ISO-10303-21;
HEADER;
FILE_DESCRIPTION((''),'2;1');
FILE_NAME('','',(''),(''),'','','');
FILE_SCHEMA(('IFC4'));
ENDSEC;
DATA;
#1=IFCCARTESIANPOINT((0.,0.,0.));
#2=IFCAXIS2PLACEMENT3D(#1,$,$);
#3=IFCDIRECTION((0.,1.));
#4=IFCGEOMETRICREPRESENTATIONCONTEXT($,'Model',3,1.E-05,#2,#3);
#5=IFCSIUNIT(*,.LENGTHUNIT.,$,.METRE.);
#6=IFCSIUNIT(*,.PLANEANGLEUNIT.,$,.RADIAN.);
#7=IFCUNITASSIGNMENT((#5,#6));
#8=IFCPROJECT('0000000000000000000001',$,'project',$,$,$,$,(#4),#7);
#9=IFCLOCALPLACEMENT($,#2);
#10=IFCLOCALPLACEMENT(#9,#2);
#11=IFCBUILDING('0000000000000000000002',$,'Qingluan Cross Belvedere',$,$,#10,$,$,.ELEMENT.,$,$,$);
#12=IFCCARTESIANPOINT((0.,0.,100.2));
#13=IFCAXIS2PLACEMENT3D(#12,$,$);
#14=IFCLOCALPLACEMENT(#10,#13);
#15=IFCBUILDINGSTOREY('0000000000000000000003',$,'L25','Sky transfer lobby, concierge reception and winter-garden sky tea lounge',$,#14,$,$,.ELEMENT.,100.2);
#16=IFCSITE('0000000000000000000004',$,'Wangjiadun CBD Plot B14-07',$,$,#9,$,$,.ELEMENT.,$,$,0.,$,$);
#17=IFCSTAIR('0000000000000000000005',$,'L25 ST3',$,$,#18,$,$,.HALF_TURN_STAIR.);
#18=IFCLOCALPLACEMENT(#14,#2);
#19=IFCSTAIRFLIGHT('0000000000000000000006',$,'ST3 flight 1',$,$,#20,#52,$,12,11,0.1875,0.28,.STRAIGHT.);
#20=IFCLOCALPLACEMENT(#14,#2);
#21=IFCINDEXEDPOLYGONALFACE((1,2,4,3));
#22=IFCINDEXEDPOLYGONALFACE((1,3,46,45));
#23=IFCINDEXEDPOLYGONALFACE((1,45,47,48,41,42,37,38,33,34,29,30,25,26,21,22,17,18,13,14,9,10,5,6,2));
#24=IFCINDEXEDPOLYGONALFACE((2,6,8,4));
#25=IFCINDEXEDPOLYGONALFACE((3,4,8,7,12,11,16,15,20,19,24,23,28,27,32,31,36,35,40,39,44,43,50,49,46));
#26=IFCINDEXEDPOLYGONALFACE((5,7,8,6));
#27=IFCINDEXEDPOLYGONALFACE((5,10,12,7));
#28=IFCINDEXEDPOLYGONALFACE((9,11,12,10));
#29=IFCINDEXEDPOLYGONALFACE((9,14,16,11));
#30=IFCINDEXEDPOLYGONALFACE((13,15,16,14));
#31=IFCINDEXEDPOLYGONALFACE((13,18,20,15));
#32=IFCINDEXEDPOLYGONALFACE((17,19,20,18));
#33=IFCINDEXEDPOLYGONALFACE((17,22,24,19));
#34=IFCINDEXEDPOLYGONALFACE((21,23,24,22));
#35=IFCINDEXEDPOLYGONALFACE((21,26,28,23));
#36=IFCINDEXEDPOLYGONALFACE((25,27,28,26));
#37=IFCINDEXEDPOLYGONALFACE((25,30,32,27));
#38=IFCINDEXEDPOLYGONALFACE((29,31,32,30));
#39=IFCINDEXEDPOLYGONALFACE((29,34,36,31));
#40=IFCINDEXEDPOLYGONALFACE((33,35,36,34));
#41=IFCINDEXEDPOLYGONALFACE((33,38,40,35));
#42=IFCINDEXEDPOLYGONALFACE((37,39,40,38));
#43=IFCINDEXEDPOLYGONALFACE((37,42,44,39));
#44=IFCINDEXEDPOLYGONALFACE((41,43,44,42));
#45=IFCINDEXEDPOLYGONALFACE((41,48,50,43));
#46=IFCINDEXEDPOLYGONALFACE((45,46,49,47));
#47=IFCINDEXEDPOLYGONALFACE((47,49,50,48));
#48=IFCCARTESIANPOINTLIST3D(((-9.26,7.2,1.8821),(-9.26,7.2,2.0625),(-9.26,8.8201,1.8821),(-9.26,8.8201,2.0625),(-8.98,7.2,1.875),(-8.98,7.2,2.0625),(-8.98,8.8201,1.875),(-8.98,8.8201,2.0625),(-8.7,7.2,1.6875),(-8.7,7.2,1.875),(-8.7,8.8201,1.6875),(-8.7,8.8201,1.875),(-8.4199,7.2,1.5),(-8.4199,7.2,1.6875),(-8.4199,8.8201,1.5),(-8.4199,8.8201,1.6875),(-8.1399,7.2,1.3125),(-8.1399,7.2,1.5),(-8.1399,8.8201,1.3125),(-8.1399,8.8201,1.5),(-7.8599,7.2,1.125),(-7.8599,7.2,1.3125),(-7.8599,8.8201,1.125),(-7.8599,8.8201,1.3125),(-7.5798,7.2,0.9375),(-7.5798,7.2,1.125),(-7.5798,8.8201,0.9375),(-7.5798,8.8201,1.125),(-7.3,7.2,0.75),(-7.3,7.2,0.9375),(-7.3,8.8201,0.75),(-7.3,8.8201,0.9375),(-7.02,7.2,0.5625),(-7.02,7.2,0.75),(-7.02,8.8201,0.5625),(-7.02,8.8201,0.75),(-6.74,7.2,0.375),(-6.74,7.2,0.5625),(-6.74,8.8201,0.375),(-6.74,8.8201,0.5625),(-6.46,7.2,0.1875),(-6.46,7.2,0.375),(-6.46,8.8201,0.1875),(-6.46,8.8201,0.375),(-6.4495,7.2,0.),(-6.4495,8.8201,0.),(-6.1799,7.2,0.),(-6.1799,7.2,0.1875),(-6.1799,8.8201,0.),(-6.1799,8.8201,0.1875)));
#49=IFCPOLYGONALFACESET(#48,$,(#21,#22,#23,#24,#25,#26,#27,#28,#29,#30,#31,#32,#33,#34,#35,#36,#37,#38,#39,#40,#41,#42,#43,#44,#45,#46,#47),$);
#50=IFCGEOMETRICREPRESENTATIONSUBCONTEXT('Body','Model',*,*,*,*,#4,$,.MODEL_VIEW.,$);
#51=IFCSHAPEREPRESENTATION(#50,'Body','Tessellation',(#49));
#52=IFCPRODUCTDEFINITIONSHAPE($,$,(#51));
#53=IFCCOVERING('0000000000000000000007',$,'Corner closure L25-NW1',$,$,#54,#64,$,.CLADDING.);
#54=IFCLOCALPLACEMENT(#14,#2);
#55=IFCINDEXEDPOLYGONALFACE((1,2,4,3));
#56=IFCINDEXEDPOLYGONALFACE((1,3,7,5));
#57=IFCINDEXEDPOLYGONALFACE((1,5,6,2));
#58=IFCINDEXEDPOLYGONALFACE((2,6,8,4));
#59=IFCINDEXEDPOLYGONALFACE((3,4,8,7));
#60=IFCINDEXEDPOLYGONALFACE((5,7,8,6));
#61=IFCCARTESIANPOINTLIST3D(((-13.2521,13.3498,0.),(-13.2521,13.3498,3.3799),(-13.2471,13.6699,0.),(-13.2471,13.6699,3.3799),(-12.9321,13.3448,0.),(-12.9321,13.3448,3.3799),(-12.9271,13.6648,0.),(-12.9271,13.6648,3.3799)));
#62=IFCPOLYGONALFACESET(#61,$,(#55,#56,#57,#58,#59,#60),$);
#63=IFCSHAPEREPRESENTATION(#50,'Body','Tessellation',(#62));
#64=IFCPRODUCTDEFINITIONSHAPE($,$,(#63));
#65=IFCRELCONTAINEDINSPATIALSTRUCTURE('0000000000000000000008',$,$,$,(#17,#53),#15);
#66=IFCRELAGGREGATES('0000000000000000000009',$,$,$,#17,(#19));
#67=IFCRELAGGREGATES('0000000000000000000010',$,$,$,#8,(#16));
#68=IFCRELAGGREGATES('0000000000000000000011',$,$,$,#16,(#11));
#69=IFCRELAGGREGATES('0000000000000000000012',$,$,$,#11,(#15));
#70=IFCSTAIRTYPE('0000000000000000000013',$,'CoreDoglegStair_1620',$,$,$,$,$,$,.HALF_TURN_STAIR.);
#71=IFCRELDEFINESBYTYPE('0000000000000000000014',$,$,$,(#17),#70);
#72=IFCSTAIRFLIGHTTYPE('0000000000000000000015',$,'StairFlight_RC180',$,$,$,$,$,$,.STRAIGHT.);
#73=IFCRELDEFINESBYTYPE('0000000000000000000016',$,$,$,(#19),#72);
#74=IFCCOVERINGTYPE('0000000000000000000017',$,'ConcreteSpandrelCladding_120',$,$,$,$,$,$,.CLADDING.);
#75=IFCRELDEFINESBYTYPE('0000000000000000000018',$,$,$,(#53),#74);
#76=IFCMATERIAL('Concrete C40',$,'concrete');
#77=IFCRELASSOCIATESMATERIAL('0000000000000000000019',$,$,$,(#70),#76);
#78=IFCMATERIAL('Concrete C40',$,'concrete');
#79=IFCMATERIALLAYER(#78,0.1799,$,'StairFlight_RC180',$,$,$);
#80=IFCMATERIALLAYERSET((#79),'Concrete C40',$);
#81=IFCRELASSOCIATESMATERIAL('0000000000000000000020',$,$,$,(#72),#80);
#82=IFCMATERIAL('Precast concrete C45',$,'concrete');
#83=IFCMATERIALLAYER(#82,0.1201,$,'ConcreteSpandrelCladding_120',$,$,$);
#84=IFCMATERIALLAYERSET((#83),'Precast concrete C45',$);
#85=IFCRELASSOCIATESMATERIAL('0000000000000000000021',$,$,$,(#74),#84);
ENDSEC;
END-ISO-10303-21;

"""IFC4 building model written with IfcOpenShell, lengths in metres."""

from ifc_helpers import new_model, si_unit, direction, frame, origin, origin_2d, place, context, subcontext, project, spatial, polyline, rectangle, outline, extrude, material, layer, layer_set, type_object, element, aggregate, save


model = new_model("IFC4")

# Units and contexts
model_context = context("Model", 3, precision=1e-05, world=origin(), true_north=direction((0.0, 1.0)))
body_context = subcontext(model_context, "Body", "Model", "MODEL_VIEW")
ifc_project = project(units=[si_unit("LENGTHUNIT", "METRE"), si_unit("PLANEANGLEUNIT", "RADIAN")], contexts=[model_context])

# Site, building, storey
site_placement = place(None, origin())
site = spatial("IfcSite", under=ifc_project, at=site_placement, Name="Wangjiadun CBD Plot B14-07", CompositionType="ELEMENT", RefElevation=0.0)
building_placement = place(site_placement, origin())
building = spatial("IfcBuilding", under=site, at=building_placement, Name="Qingluan Cross Belvedere", CompositionType="ELEMENT")
storey_placement = place(building_placement, frame((0.0, 0.0, 100.2)))
storey = spatial("IfcBuildingStorey", under=building, at=storey_placement, Name="L25", Description="Sky transfer lobby, concierge reception and winter-garden sky tea lounge", CompositionType="ELEMENT", Elevation=100.2)

# Stair, stair flight
ifc_material_1 = material(Name="Concrete C40", Category="concrete")
stair_type = type_object("IfcStairType", Name="CoreDoglegStair_1620", PredefinedType="HALF_TURN_STAIR", material=ifc_material_1)
stair_placement = place(storey_placement, origin())
stair = element("IfcStair", 1, at=stair_placement, inside=storey, type_object=stair_type, Name="L25 ST3", PredefinedType="HALF_TURN_STAIR")
ifc_material_2 = material(Name="Concrete C40", Category="concrete")
ifc_layer_1 = layer(ifc_material_2, 0.1799, Name="StairFlight_RC180")
ifc_layer_set_1 = layer_set([ifc_layer_1], Name="Concrete C40")
stair_flight_type = type_object("IfcStairFlightType", Name="StairFlight_RC180", PredefinedType="STRAIGHT", material=ifc_layer_set_1)
stair_flight_placement = place(storey_placement, frame((-6.1799, 8.01, 0.0), z_axis=(0.0, 0.0, 1.0), x_axis=(-1.0, 0.0, 0.0)))
stair_flight = element("IfcStairFlight", 2, at=stair_flight_placement, type_object=stair_flight_type, Name="ST3 flight 1", NumberOfRisers=12, NumberOfTreads=11, PredefinedType="STRAIGHT", RiserHeight=0.1875, TreadLength=0.28, context=body_context, shape_type="SweptSolid", body=[
    extrude(outline(polyline([(0.0, 0.0), (0.0, 0.1875), (0.28, 0.1875), (0.28, 0.375), (0.5601, 0.375), (0.5601, 0.5625), (0.8401, 0.5625), (0.8401, 0.75), (1.1201, 0.75), (1.1201, 0.9375), (1.3999, 0.9375), (1.3999, 1.125), (1.6799, 1.125), (1.6799, 1.3125), (1.96, 1.3125), (1.96, 1.5), (2.24, 1.5), (2.24, 1.6875), (2.52, 1.6875), (2.52, 1.875), (2.8, 1.875), (2.8, 2.0625), (3.0801, 2.0625), (3.0801, 2.25), (3.0801, 1.8821), (0.2695, 0.0), (0.0, 0.0)])), frame((0.0, 0.8101, 0.0), z_axis=(0.0, -1.0, 0.0), x_axis=(1.0, 0.0, 0.0)), (0.0, 0.0, 1.0), 1.6201),
])
aggregate(stair, [stair_flight])

# Covering
ifc_material_3 = material(Name="Precast concrete C45", Category="concrete")
ifc_layer_2 = layer(ifc_material_3, 0.1201, Name="ConcreteSpandrelCladding_120")
ifc_layer_set_2 = layer_set([ifc_layer_2], Name="Precast concrete C45")
covering_type = type_object("IfcCoveringType", Name="ConcreteSpandrelCladding_120", PredefinedType="CLADDING", material=ifc_layer_set_2)
covering_placement = place(storey_placement, frame((-13.0896, 13.5073, 0.0), z_axis=(0.0, 0.0, 1.0), x_axis=(0.999877, -0.015707, 0.0)))
element("IfcCovering", 3, at=covering_placement, inside=storey, type_object=covering_type, Name="Corner closure L25-NW1", PredefinedType="CLADDING", context=body_context, shape_type="SweptSolid", body=[
    extrude(rectangle(XDim=0.3201, YDim=0.3201, at=origin_2d()), origin(), (0.0, 0.0, 1.0), 3.3799),
])

save(model, "model.ifc")
